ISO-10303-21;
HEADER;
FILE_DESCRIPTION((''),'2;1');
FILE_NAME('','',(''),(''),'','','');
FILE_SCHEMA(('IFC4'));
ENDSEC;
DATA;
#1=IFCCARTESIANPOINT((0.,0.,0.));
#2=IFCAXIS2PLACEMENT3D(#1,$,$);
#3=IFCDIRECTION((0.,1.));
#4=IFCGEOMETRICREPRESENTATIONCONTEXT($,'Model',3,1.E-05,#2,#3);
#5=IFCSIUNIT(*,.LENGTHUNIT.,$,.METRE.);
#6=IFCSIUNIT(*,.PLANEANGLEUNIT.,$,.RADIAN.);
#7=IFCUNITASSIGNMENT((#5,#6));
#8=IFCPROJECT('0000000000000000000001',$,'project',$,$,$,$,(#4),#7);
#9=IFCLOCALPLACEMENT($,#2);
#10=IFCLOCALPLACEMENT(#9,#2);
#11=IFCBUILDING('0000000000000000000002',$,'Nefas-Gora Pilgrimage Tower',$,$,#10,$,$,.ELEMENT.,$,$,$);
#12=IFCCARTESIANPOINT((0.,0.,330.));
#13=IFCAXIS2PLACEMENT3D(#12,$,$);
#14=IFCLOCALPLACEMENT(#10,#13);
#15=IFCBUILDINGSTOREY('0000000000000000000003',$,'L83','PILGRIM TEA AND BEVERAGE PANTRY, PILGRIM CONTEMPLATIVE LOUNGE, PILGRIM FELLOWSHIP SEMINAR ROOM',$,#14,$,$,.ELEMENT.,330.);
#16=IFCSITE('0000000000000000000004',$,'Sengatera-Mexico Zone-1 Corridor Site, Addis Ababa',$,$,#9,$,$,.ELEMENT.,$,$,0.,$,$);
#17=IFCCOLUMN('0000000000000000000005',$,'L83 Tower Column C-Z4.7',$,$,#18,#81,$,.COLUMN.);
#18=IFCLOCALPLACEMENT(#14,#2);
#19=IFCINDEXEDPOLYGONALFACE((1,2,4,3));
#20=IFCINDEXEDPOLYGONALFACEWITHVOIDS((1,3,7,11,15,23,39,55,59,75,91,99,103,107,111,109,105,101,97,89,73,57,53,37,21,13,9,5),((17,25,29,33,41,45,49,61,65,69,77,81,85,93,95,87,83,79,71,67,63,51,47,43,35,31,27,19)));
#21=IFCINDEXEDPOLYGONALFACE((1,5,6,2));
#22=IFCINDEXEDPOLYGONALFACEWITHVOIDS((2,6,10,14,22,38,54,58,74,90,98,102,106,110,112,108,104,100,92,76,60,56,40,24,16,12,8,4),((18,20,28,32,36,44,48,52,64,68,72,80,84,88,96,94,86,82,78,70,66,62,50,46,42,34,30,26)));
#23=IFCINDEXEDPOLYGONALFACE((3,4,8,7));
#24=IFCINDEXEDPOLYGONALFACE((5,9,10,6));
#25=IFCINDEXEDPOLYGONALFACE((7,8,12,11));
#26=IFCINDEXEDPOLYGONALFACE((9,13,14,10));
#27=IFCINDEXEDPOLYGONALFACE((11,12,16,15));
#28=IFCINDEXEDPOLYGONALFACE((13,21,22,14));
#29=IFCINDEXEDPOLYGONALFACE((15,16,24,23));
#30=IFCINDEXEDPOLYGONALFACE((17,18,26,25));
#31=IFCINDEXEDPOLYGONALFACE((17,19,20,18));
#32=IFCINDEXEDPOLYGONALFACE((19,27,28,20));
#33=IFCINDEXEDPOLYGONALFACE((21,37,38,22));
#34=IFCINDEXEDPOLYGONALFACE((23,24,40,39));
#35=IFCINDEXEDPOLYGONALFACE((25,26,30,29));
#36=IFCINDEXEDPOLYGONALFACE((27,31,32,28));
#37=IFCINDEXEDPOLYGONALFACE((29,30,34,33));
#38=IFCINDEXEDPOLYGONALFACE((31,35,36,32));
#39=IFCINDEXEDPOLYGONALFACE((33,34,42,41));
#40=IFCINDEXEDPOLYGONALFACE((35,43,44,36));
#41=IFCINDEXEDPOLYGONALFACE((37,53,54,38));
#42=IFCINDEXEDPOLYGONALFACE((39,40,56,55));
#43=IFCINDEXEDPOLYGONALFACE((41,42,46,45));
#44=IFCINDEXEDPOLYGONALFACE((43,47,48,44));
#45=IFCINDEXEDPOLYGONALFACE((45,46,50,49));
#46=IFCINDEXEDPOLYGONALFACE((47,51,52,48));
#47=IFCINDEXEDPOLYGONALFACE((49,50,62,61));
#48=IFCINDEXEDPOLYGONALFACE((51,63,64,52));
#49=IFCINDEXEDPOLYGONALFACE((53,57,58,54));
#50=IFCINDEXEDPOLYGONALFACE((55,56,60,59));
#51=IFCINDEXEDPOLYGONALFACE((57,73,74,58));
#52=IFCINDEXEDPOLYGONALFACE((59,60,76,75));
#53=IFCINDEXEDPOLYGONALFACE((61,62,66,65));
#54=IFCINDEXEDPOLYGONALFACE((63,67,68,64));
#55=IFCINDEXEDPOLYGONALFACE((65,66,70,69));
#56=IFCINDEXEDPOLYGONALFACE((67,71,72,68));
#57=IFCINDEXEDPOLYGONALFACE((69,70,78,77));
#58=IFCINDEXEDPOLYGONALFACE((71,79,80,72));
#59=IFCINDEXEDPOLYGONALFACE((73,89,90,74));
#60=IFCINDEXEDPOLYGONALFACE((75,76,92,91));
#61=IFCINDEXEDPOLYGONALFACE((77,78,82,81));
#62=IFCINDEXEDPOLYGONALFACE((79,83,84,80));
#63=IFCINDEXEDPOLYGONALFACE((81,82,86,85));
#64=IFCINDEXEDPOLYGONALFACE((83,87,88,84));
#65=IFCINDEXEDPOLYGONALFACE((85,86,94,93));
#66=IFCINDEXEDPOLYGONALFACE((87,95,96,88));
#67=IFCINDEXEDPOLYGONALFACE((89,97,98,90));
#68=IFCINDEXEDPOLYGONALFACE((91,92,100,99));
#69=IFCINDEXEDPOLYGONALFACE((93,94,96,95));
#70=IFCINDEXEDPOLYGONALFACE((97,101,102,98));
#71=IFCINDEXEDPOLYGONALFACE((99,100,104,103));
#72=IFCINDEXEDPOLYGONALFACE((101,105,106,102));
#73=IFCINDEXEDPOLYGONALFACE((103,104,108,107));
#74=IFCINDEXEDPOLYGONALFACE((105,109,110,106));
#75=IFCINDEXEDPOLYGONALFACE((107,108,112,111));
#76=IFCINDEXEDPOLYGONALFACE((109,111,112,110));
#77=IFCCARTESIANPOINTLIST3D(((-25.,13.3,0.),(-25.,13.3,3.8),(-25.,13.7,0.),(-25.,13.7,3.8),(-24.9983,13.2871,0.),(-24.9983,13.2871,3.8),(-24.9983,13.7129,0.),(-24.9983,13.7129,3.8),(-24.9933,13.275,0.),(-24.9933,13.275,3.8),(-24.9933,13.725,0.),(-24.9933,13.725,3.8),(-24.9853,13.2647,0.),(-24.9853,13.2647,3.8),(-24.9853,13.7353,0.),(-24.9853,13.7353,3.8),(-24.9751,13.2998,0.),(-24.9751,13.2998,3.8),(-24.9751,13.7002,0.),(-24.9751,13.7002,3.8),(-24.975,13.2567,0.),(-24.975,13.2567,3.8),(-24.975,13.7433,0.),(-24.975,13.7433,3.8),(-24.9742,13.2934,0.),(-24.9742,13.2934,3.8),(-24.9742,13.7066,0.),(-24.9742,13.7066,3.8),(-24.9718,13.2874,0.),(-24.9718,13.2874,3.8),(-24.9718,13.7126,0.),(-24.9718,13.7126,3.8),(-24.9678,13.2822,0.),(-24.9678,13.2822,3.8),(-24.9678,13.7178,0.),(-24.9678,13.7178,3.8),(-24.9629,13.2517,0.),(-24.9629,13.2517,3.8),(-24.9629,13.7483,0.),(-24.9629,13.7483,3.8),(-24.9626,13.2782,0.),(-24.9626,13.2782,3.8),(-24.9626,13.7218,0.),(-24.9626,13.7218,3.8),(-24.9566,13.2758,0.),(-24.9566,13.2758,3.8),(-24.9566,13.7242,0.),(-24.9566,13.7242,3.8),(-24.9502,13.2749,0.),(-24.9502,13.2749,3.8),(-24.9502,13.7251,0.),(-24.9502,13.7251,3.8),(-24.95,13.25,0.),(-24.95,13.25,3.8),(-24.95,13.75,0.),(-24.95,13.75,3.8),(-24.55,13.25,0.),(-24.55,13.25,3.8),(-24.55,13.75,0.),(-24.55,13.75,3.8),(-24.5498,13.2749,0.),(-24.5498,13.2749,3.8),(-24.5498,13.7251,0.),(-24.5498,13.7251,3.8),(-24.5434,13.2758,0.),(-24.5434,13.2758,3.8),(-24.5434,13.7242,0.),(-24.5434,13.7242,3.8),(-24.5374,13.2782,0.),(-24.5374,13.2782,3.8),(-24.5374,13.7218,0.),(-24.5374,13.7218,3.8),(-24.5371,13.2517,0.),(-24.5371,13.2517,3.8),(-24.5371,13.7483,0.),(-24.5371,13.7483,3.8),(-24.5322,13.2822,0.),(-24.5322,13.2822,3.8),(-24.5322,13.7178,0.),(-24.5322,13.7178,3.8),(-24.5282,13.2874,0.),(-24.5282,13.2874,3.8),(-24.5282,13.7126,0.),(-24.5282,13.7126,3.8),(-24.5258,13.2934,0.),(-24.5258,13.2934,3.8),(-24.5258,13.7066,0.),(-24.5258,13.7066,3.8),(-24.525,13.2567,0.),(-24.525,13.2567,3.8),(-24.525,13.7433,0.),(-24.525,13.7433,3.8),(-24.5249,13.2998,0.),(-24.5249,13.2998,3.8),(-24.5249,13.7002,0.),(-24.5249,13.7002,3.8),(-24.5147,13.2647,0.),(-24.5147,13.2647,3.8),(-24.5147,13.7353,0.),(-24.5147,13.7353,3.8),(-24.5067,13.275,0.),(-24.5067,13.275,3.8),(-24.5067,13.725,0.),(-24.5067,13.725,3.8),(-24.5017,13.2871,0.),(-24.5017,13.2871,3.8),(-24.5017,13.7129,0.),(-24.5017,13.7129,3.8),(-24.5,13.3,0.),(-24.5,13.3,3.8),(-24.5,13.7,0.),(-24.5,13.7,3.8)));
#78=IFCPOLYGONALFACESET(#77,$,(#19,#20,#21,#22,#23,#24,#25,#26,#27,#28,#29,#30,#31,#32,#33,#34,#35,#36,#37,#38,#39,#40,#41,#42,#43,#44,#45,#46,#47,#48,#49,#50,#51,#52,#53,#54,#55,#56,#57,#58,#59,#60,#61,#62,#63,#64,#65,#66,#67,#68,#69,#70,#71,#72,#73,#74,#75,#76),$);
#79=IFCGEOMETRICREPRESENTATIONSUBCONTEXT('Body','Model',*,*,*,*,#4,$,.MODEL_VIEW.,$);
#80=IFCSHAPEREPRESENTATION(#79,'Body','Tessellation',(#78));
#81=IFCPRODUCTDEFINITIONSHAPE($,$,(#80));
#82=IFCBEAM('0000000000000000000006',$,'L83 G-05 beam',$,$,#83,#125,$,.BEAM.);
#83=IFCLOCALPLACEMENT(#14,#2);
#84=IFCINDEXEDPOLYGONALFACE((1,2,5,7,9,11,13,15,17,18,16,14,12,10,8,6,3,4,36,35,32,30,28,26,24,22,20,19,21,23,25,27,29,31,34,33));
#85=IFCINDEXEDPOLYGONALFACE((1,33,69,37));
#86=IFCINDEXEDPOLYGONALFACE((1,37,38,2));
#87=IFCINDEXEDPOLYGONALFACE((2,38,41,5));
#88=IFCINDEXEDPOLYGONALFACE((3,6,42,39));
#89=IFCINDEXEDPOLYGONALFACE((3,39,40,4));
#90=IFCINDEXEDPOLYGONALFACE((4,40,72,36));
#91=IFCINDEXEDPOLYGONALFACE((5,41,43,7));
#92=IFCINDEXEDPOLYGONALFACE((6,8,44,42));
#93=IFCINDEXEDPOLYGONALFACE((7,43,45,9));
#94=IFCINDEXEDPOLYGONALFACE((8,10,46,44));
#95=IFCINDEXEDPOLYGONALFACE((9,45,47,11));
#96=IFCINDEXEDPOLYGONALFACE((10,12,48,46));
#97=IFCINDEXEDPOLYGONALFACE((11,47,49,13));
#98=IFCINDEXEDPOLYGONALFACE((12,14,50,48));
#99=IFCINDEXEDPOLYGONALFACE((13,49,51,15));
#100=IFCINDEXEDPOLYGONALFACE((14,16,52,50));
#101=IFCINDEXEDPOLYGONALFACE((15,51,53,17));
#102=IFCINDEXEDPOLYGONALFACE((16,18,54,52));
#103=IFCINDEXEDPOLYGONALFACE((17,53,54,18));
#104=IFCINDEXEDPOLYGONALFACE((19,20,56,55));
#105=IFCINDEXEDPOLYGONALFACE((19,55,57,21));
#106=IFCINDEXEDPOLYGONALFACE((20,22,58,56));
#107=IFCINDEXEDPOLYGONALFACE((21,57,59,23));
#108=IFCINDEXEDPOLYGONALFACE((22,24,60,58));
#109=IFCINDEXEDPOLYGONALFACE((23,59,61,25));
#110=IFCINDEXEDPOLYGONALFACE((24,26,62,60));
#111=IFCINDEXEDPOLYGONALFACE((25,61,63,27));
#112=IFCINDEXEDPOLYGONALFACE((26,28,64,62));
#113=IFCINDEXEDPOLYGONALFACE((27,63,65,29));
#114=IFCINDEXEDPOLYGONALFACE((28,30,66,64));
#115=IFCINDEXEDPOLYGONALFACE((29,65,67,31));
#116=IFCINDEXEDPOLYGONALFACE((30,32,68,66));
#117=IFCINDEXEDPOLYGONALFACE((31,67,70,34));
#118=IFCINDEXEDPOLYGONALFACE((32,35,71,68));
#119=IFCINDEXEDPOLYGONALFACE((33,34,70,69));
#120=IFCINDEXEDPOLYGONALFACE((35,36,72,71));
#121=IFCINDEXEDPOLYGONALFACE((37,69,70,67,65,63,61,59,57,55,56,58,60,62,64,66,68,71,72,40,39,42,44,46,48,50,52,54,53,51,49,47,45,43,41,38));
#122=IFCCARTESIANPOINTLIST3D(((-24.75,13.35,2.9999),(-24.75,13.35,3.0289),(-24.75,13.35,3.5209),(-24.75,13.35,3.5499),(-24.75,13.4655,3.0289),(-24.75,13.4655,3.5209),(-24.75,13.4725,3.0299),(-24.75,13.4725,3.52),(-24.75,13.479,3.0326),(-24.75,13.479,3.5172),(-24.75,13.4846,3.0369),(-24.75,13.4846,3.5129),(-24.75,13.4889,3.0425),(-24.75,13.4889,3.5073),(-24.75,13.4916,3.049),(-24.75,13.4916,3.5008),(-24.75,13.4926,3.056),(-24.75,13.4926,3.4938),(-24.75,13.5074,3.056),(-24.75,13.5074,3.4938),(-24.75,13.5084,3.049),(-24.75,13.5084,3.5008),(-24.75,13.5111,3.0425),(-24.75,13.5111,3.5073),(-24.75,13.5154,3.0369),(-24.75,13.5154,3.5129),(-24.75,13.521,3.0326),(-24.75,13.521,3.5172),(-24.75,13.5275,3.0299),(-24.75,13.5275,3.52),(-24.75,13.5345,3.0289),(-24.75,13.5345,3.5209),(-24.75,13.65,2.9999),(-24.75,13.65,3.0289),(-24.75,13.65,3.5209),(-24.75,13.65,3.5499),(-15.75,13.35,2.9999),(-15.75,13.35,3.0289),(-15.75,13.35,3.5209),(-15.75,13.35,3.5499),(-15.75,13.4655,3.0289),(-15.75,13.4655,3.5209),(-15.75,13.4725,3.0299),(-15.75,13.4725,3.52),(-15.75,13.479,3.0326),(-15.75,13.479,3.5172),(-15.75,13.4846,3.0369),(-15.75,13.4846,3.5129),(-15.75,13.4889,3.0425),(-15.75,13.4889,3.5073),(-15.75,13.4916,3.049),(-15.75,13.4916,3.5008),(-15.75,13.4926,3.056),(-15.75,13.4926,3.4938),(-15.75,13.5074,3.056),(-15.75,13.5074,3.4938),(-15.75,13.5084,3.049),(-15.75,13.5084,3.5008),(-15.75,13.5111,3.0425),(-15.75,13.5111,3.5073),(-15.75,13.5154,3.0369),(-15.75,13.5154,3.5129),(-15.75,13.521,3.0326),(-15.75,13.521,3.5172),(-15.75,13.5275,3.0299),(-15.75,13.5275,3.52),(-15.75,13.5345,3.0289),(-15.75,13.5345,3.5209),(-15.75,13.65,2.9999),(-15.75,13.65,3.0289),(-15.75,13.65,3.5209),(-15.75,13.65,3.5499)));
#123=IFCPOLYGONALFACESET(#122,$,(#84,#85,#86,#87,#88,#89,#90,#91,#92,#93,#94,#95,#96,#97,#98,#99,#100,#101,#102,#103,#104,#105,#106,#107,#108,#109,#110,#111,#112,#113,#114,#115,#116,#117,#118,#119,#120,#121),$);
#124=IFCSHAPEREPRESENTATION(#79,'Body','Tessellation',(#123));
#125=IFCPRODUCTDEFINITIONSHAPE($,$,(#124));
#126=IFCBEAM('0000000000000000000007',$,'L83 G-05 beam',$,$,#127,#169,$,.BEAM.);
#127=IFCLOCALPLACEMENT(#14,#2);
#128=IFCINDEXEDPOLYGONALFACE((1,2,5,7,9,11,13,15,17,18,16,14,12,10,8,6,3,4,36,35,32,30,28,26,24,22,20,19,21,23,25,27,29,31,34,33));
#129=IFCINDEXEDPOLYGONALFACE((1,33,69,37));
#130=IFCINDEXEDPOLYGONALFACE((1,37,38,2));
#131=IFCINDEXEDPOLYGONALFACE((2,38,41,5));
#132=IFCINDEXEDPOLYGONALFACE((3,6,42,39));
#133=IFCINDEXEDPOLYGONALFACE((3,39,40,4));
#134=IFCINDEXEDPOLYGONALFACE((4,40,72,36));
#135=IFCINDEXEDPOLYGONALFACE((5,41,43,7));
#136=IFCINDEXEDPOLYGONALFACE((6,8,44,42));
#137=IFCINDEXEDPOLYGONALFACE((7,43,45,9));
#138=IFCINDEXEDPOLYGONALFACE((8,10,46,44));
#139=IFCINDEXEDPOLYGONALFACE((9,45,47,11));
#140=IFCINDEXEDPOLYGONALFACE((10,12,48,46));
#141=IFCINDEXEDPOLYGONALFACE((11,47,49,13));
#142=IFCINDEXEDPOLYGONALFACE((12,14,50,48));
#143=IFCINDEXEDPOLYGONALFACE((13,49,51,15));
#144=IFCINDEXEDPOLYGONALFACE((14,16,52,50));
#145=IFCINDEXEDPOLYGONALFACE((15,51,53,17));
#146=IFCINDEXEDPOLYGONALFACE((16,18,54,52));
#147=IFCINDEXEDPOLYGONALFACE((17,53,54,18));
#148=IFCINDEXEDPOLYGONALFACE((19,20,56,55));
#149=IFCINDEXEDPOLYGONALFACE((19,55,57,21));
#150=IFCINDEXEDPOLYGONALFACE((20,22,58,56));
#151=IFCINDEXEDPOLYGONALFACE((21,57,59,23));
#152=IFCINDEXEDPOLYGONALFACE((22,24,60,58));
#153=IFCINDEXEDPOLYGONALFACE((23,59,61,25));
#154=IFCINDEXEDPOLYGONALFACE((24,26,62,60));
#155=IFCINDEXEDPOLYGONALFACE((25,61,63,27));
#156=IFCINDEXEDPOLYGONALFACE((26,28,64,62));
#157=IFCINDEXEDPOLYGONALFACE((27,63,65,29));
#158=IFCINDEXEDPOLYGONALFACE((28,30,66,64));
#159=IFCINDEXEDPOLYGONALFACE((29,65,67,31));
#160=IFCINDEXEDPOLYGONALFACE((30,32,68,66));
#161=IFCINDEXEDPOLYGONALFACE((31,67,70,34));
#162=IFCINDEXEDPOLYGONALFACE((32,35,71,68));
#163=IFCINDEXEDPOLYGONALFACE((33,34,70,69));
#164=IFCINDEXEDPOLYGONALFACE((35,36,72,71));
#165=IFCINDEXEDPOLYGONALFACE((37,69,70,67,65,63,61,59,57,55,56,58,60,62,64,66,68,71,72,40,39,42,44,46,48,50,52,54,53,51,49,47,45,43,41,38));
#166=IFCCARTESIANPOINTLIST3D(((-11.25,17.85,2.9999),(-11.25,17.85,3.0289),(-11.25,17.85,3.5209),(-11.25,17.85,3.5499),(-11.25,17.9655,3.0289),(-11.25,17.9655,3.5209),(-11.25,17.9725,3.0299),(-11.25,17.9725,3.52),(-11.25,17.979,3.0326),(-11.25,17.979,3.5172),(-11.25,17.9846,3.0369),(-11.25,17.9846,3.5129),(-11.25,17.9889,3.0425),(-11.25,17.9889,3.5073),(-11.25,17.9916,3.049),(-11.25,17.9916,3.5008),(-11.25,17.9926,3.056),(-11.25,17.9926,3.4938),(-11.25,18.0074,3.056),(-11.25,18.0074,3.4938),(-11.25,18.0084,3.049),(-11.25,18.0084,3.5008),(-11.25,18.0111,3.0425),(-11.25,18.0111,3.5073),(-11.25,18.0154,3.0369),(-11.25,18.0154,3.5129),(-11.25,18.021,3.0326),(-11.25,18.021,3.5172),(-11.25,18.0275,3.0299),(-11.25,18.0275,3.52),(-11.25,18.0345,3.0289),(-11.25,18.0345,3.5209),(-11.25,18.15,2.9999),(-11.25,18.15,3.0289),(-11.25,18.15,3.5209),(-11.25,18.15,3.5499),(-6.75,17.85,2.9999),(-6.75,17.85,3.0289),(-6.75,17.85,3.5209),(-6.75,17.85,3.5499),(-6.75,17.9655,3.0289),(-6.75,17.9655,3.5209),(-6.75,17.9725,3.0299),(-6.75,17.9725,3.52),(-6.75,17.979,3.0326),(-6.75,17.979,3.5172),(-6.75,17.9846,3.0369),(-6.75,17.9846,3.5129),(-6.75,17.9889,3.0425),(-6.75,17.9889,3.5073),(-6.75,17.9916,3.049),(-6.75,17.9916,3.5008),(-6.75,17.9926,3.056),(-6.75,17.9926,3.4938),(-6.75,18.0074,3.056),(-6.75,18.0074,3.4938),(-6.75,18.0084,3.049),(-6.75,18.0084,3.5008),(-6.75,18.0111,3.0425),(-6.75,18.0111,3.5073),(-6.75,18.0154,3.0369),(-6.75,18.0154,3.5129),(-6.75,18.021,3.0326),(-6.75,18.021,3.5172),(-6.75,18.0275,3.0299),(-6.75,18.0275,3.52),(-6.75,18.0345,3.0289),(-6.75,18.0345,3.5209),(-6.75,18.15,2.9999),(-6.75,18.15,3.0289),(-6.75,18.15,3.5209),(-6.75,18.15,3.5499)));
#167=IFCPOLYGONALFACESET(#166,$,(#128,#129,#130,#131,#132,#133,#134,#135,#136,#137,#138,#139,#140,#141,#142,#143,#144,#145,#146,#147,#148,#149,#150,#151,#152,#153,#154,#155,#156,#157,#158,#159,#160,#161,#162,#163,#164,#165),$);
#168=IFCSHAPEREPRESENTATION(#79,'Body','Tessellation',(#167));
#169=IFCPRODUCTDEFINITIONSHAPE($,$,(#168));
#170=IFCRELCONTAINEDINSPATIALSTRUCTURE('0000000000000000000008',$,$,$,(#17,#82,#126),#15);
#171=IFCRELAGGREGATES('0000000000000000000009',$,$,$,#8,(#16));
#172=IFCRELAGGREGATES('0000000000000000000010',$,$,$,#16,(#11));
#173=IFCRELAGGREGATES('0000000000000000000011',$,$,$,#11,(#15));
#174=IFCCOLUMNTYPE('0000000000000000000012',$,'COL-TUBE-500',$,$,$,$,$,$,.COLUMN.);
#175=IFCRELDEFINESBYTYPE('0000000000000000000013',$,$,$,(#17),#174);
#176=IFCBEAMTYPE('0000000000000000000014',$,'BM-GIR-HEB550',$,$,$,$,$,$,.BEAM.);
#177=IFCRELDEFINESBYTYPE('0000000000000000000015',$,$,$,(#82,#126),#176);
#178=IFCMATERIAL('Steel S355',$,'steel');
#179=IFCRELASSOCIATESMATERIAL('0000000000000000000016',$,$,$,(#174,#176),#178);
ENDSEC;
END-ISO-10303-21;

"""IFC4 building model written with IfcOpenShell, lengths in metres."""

from ifc_helpers import new_model, si_unit, direction, frame, origin, origin_2d, place, context, subcontext, project, spatial, hollow_rectangle, i_section, extrude, source, transform, mapped, material, material_profile, profile_set, type_object, element, save


model = new_model("IFC4")

# Units and contexts
model_context = context("Model", 3, precision=1e-05, world=origin(), true_north=direction((0.0, 1.0)))
body_context = subcontext(model_context, "Body", "Model", "MODEL_VIEW")
ifc_project = project(units=[si_unit("LENGTHUNIT", "METRE"), si_unit("PLANEANGLEUNIT", "RADIAN")], contexts=[model_context])

# Site, building, storey
site_placement = place(None, origin())
site = spatial("IfcSite", under=ifc_project, at=site_placement, Name="Sengatera-Mexico Zone-1 Corridor Site, Addis Ababa", CompositionType="ELEMENT", RefElevation=0.0)
building_placement = place(site_placement, origin())
building = spatial("IfcBuilding", under=site, at=building_placement, Name="Nefas-Gora Pilgrimage Tower", CompositionType="ELEMENT")
storey_placement = place(building_placement, frame((0.0, 0.0, 330.0)))
storey = spatial("IfcBuildingStorey", under=building, at=storey_placement, Name="L83", Description="PILGRIM TEA AND BEVERAGE PANTRY, PILGRIM CONTEMPLATIVE LOUNGE, PILGRIM FELLOWSHIP SEMINAR ROOM", CompositionType="ELEMENT", Elevation=330.0)

# Column
ifc_material_1 = material(Name="Steel S355", Category="steel")
ifc_material_profile_1 = material_profile(ifc_material_1, hollow_rectangle(XDim=0.5, YDim=0.5, WallThickness=0.0249, InnerFilletRadius=0.0249, OuterFilletRadius=0.05, at=origin_2d()), Name="SHS 500x500x25")
ifc_profile_set_1 = profile_set([ifc_material_profile_1], Name="Steel S355")
column_type_1 = type_object("IfcColumnType", Name="COL-TUBE-500", PredefinedType="COLUMN", material=ifc_profile_set_1)
shared_shape_1 = source(origin(), body_context, "Body", "SweptSolid", [
    extrude(hollow_rectangle(XDim=0.5, YDim=0.5, WallThickness=0.0249, InnerFilletRadius=0.0249, OuterFilletRadius=0.05, at=origin_2d()), origin(), (0.0, 0.0, 1.0), 3.8),
])
column_placement = place(storey_placement, frame((-24.75, 13.5, 0.0), z_axis=(0.0, 0.0, 1.0), x_axis=(1.0, 0.0, 0.0)))
element("IfcColumn", 1, at=column_placement, inside=storey, type_object=column_type_1, Name="L83 Tower Column C-Z4.7", PredefinedType="COLUMN", context=body_context, shape_type="MappedRepresentation", body=[
    mapped(shared_shape_1, transform((0.0, 0.0, 0.0), x_axis=(1.0, 0.0, 0.0), y_axis=(0.0, 1.0, 0.0), z_axis=(0.0, 0.0, 1.0), scale=1.0)),
])

# Beams
ifc_material_profile_2 = material_profile(ifc_material_1, i_section(OverallWidth=0.3, OverallDepth=0.55, WebThickness=0.0149, FlangeThickness=0.0291, FilletRadius=0.0271, at=origin_2d()), Name="HEB 550")
ifc_profile_set_2 = profile_set([ifc_material_profile_2], Name="Steel S355")
beam_type = type_object("IfcBeamType", Name="BM-GIR-HEB550", PredefinedType="BEAM", material=ifc_profile_set_2)
shared_shape_2 = source(origin(), body_context, "Body", "SweptSolid", [
    extrude(i_section(OverallWidth=0.3, OverallDepth=0.55, WebThickness=0.0149, FlangeThickness=0.0291, FilletRadius=0.0271, at=origin_2d()), origin(), (0.0, 0.0, 1.0), 9.0),
])
beam_1_placement = place(storey_placement, frame((-24.75, 13.5, 3.2749), z_axis=(1.0, 0.0, 0.0), x_axis=(0.0, 1.0, 0.0)))
element("IfcBeam", 2, at=beam_1_placement, inside=storey, type_object=beam_type, Name="L83 G-05 beam", PredefinedType="BEAM", context=body_context, shape_type="MappedRepresentation", body=[
    mapped(shared_shape_2, transform((0.0, 0.0, 0.0), x_axis=(1.0, 0.0, 0.0), y_axis=(0.0, 1.0, 0.0), z_axis=(0.0, 0.0, 1.0), scale=1.0)),
])
shared_shape_3 = source(origin(), body_context, "Body", "SweptSolid", [
    extrude(i_section(OverallWidth=0.3, OverallDepth=0.55, WebThickness=0.0149, FlangeThickness=0.0291, FilletRadius=0.0271, at=origin_2d()), origin(), (0.0, 0.0, 1.0), 4.5),
])
beam_2_placement = place(storey_placement, frame((-11.25, 18.0, 3.2749), z_axis=(1.0, 0.0, 0.0), x_axis=(0.0, 1.0, 0.0)))
element("IfcBeam", 3, at=beam_2_placement, inside=storey, type_object=beam_type, Name="L83 G-05 beam", PredefinedType="BEAM", context=body_context, shape_type="MappedRepresentation", body=[
    mapped(shared_shape_3, transform((0.0, 0.0, 0.0), x_axis=(1.0, 0.0, 0.0), y_axis=(0.0, 1.0, 0.0), z_axis=(0.0, 0.0, 1.0), scale=1.0)),
])

save(model, "model.ifc")
